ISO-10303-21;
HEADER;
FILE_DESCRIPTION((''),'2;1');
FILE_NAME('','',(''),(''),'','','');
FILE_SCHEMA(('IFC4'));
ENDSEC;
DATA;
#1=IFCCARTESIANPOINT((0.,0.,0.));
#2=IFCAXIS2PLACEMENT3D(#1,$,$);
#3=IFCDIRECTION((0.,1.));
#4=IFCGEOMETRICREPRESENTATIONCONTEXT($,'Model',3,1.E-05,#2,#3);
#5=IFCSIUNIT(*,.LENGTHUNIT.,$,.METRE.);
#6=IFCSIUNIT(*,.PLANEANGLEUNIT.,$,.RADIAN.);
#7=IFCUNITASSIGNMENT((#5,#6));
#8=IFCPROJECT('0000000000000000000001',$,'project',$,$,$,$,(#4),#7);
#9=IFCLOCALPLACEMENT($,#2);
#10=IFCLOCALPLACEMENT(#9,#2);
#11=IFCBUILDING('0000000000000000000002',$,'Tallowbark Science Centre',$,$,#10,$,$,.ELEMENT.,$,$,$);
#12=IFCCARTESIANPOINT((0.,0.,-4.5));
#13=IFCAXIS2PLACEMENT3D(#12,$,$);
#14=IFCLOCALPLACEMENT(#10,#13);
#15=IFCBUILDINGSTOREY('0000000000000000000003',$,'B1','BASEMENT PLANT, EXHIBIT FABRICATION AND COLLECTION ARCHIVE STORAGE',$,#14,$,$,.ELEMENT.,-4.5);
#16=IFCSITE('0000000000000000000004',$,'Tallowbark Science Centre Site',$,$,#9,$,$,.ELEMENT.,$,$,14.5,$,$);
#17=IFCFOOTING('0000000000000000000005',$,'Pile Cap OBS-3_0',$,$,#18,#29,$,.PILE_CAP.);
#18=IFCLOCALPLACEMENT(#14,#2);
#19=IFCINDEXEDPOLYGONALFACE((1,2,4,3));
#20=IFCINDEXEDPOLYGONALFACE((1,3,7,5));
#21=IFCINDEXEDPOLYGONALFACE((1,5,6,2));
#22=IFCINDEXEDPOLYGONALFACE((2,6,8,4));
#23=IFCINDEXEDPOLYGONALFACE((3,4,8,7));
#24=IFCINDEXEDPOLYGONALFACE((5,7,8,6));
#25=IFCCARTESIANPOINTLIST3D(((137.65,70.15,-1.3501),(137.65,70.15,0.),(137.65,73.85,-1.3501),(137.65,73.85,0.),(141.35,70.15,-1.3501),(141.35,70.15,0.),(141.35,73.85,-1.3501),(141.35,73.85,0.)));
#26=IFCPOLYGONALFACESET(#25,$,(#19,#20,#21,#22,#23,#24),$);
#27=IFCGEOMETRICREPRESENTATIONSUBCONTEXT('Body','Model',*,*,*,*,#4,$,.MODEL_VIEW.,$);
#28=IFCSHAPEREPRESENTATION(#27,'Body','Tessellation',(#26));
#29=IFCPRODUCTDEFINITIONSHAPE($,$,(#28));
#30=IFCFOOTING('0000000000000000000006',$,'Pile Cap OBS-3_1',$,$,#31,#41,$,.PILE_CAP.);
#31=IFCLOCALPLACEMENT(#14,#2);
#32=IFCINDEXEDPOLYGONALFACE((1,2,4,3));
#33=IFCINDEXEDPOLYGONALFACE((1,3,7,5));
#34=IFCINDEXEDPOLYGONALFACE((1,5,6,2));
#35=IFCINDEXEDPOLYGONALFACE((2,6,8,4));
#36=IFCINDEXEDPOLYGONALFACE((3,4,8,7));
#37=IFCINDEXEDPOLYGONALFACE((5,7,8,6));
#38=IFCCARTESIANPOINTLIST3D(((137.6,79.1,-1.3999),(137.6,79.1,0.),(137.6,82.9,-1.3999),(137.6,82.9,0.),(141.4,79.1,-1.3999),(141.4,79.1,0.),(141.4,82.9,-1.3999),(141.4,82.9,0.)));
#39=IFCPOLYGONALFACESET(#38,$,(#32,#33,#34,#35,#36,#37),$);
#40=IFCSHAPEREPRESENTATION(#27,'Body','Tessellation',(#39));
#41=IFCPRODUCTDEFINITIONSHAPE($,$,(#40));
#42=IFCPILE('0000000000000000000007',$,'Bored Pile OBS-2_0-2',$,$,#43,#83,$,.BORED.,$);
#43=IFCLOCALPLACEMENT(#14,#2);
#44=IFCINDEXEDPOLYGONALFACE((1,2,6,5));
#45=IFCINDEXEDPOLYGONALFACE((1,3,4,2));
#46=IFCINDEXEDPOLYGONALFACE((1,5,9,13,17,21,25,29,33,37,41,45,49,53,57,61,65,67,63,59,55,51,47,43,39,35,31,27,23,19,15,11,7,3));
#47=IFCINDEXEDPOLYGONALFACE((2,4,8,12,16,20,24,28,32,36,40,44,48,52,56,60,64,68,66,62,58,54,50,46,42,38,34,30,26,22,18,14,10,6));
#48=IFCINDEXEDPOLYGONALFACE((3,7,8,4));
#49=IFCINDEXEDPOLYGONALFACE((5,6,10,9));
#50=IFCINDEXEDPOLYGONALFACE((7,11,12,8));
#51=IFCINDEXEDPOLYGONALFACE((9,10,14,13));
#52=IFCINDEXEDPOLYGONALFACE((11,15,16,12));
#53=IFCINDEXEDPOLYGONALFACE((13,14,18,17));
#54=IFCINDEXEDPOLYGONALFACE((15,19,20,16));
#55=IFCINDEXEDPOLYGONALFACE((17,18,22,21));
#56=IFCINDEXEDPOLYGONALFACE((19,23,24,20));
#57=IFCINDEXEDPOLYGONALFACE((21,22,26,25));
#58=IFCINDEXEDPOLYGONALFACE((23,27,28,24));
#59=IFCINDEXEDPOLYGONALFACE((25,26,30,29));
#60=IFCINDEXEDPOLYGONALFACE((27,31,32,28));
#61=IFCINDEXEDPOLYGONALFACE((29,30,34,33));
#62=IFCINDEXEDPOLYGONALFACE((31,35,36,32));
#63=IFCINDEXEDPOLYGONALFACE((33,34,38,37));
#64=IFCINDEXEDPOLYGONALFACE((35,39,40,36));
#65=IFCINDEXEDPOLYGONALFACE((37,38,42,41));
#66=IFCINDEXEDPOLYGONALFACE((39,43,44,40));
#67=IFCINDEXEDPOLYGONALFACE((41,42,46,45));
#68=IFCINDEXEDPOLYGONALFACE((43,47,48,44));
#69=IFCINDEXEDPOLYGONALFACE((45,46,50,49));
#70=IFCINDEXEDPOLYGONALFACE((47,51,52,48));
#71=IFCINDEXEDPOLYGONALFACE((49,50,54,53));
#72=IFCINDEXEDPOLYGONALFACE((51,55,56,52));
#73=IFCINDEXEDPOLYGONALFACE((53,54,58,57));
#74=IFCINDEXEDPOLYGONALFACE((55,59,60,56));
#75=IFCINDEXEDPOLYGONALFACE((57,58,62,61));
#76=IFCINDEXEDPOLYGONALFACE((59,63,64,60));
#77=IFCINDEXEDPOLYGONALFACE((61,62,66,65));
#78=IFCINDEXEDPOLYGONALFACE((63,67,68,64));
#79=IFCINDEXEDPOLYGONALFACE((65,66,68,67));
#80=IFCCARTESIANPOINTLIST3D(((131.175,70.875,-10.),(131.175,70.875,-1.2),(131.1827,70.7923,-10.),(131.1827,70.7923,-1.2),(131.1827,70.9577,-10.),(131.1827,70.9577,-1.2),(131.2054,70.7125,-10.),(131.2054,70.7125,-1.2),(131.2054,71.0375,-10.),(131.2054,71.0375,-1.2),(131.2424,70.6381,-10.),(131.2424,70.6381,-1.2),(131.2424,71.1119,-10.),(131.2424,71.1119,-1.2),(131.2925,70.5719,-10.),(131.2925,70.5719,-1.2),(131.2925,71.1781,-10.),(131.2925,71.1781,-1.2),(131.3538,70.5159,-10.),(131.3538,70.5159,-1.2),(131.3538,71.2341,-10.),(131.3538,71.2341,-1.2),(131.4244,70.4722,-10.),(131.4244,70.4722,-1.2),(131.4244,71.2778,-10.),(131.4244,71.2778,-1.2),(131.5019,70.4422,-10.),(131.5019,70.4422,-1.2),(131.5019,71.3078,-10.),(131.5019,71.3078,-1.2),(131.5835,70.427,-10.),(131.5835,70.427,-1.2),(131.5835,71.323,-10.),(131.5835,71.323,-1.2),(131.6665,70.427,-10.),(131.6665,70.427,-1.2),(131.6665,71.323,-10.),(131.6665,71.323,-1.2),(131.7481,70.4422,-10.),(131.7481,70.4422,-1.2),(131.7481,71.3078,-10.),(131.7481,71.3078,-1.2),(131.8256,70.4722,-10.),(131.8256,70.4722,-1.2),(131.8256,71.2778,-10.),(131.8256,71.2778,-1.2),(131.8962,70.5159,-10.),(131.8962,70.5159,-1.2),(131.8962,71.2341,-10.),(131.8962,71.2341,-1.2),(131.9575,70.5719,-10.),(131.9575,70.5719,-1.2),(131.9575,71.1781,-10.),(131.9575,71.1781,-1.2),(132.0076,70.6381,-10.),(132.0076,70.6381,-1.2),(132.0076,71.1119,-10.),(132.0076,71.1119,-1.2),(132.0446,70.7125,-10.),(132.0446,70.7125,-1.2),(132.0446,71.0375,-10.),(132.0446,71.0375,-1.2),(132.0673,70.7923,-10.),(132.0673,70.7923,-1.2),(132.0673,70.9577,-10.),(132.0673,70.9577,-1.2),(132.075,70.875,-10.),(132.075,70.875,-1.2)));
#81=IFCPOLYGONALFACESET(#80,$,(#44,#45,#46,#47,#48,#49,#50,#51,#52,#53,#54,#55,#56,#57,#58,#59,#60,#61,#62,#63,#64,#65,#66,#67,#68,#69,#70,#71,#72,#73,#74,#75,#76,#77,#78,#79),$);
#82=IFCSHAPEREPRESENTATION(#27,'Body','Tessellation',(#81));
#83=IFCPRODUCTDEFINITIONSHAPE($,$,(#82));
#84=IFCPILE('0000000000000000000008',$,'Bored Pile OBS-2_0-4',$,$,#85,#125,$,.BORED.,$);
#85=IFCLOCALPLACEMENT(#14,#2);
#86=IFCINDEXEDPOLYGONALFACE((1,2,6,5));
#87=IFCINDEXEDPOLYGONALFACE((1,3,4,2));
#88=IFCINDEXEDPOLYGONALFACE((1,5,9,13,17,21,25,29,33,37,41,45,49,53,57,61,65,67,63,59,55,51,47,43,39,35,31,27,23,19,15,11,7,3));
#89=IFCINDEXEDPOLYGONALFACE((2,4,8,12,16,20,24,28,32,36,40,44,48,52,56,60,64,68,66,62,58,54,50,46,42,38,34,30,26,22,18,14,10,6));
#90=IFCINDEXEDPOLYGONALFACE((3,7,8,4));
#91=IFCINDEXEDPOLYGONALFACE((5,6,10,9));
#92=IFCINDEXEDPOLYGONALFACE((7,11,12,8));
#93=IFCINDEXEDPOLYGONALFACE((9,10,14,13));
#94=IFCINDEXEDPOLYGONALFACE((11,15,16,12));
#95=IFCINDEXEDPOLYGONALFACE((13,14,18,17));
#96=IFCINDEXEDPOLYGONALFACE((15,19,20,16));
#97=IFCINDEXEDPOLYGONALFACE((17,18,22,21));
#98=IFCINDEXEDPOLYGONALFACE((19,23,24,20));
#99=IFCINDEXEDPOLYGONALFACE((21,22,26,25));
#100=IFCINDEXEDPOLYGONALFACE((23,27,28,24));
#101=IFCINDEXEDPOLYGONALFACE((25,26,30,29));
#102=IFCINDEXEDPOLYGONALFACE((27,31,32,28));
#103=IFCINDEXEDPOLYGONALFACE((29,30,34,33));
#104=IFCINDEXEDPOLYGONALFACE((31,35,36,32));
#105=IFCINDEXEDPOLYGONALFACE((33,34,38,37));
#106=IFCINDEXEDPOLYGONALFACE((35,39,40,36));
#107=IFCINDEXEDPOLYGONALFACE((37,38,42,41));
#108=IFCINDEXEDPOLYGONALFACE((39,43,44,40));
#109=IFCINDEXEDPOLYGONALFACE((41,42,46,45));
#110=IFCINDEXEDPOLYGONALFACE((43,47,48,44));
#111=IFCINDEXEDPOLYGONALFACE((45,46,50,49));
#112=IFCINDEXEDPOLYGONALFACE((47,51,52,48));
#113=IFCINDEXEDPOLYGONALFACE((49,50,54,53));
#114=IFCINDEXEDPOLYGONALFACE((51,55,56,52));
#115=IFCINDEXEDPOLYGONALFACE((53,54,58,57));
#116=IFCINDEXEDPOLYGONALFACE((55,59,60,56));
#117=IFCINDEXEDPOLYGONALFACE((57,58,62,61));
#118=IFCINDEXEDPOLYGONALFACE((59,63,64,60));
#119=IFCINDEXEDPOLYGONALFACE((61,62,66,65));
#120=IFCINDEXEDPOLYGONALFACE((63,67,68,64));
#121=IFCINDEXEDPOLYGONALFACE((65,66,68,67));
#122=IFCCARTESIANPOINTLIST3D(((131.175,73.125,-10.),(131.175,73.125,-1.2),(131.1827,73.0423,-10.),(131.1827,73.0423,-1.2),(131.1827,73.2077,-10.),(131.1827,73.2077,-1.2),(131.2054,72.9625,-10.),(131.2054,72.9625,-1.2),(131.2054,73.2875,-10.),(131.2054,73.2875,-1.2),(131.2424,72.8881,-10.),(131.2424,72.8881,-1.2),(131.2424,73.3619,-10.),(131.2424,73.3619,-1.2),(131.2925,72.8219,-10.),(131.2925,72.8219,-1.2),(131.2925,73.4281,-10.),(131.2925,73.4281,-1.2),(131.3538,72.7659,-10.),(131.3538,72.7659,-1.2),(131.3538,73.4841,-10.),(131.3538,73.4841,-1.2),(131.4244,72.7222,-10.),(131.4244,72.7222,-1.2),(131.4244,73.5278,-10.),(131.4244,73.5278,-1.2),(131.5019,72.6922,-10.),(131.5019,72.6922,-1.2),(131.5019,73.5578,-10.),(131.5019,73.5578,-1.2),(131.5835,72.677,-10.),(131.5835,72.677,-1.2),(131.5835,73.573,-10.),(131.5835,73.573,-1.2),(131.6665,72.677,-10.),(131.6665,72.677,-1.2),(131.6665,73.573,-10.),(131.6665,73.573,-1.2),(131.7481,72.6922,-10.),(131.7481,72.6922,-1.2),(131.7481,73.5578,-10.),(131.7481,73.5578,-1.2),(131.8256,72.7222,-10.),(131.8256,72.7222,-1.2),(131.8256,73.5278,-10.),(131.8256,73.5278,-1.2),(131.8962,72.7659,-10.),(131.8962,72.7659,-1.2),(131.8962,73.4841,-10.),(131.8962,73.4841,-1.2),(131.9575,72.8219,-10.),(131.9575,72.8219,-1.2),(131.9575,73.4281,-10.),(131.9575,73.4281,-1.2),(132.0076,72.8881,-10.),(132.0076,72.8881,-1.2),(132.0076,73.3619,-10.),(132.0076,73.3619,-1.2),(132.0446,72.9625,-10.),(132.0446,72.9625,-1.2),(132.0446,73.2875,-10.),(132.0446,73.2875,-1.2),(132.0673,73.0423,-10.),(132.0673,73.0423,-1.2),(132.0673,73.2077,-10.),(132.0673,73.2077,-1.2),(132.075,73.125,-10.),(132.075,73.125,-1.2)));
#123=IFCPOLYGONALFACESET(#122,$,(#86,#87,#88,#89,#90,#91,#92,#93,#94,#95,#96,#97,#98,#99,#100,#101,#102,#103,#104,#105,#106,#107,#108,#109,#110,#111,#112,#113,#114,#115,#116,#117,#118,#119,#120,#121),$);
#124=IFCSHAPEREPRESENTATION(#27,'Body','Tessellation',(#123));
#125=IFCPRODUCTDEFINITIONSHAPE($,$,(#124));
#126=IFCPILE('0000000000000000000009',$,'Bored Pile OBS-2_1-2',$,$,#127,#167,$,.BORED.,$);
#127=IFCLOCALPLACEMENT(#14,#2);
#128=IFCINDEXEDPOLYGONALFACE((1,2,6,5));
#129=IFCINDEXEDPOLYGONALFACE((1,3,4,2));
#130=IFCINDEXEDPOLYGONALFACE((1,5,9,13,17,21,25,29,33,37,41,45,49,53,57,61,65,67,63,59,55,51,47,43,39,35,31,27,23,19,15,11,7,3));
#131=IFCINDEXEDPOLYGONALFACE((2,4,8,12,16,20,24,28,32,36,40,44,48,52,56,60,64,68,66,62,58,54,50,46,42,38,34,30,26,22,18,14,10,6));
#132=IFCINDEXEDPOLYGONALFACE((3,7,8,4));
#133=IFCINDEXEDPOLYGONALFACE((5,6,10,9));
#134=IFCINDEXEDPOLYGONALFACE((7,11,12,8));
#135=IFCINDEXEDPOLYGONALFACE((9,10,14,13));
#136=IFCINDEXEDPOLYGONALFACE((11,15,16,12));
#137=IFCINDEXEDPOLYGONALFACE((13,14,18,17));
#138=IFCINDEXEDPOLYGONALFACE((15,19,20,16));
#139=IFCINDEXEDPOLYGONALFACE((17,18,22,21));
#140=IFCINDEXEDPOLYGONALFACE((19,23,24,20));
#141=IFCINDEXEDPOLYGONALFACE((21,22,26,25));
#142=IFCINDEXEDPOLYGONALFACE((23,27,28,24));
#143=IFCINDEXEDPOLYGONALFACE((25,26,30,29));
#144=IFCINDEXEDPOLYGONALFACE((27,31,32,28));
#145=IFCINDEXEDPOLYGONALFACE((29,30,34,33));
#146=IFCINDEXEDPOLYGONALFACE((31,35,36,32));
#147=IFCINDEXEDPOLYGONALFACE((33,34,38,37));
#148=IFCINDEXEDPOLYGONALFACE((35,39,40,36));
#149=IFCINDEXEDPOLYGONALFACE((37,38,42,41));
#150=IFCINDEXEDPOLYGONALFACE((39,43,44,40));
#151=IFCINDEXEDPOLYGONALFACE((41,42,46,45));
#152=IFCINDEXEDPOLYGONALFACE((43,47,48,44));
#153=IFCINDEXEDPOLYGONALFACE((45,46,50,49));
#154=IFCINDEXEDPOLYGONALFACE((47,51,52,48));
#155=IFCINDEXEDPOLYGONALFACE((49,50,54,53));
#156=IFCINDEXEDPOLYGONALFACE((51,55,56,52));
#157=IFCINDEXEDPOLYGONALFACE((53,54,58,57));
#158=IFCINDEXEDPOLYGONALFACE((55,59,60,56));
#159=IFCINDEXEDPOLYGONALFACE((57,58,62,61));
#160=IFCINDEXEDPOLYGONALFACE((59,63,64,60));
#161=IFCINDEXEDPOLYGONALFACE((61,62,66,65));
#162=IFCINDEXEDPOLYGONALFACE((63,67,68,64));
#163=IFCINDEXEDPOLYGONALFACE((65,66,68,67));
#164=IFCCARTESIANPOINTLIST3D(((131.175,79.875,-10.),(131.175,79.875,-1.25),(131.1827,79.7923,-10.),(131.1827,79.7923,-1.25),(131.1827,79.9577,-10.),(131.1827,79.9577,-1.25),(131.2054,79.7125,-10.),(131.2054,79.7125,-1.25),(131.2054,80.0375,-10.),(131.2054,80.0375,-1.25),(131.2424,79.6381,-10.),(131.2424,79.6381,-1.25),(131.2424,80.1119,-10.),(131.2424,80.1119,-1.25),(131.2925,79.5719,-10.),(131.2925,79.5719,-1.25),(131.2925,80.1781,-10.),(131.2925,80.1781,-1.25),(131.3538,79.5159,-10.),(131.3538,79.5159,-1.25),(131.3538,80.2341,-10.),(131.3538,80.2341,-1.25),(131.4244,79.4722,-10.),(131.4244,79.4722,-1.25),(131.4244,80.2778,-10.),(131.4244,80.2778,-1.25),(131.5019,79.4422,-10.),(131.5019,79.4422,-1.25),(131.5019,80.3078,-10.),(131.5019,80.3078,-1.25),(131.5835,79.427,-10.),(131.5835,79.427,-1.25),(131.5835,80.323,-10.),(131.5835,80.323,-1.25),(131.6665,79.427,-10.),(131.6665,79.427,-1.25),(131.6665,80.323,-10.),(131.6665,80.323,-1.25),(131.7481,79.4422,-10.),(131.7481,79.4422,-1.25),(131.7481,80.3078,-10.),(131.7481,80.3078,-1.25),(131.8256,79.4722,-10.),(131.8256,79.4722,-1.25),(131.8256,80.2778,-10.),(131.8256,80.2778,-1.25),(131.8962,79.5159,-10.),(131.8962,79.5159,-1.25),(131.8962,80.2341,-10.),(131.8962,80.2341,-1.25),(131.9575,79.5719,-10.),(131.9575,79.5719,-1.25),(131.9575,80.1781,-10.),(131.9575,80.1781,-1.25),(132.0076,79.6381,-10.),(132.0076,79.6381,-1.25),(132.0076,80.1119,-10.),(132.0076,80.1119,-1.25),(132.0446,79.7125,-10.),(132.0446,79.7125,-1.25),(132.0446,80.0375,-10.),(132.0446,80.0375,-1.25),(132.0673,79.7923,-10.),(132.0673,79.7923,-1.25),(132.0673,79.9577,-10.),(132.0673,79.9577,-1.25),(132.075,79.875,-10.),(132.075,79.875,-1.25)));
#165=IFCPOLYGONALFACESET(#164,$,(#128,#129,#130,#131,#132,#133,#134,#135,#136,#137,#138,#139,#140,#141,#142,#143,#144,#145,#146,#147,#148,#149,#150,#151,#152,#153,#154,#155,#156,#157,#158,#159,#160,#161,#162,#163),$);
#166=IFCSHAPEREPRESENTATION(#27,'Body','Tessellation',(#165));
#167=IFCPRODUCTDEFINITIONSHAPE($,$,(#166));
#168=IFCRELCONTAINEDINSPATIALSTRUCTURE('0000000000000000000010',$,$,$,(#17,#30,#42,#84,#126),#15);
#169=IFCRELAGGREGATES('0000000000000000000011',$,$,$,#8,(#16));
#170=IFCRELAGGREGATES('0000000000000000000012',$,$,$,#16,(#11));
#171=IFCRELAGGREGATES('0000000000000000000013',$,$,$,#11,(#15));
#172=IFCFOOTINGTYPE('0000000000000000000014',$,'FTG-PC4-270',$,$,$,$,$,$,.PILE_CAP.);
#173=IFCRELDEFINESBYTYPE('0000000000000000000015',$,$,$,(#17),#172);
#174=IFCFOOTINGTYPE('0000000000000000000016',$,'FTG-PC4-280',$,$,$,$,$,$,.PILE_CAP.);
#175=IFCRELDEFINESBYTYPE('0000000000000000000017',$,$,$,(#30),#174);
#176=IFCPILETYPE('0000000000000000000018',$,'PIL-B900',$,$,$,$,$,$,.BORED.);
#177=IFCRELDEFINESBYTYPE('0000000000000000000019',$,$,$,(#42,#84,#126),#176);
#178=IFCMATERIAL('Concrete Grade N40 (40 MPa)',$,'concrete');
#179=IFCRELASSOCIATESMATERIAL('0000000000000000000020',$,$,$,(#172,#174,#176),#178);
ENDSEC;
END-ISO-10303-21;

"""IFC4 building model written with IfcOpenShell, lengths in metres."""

from ifc_helpers import new_model, si_unit, direction, frame, origin, origin_2d, place, context, subcontext, project, spatial, rectangle, circle, extrude, material, material_profile, profile_set, type_object, element, save


model = new_model("IFC4")

# Units and contexts
model_context = context("Model", 3, precision=1e-05, world=origin(), true_north=direction((0.0, 1.0)))
body_context = subcontext(model_context, "Body", "Model", "MODEL_VIEW")
ifc_project = project(units=[si_unit("LENGTHUNIT", "METRE"), si_unit("PLANEANGLEUNIT", "RADIAN")], contexts=[model_context])

# Site, building, storey
site_placement = place(None, origin())
site = spatial("IfcSite", under=ifc_project, at=site_placement, Name="Tallowbark Science Centre Site", CompositionType="ELEMENT", RefElevation=14.5)
building_placement = place(site_placement, origin())
building = spatial("IfcBuilding", under=site, at=building_placement, Name="Tallowbark Science Centre", CompositionType="ELEMENT")
storey_placement = place(building_placement, frame((0.0, 0.0, -4.5)))
storey = spatial("IfcBuildingStorey", under=building, at=storey_placement, Name="B1", Description="BASEMENT PLANT, EXHIBIT FABRICATION AND COLLECTION ARCHIVE STORAGE", CompositionType="ELEMENT", Elevation=-4.5)

# Footings
ifc_material_1 = material(Name="Concrete Grade N40 (40 MPa)", Category="concrete")
footing_type_1 = type_object("IfcFootingType", Name="FTG-PC4-270", PredefinedType="PILE_CAP", material=ifc_material_1)
footing_1_placement = place(storey_placement, frame((139.5, 72.0, -1.3501), z_axis=(0.0, 0.0, 1.0), x_axis=(1.0, 0.0, 0.0)))
element("IfcFooting", 1, at=footing_1_placement, inside=storey, type_object=footing_type_1, Name="Pile Cap OBS-3_0", PredefinedType="PILE_CAP", context=body_context, shape_type="SweptSolid", body=[
    extrude(rectangle(XDim=3.7, YDim=3.7, at=origin_2d()), origin(), (0.0, 0.0, 1.0), 1.3501),
])
footing_type_2 = type_object("IfcFootingType", Name="FTG-PC4-280", PredefinedType="PILE_CAP", material=ifc_material_1)
footing_2_placement = place(storey_placement, frame((139.5, 81.0, -1.3999), z_axis=(0.0, 0.0, 1.0), x_axis=(1.0, 0.0, 0.0)))
element("IfcFooting", 2, at=footing_2_placement, inside=storey, type_object=footing_type_2, Name="Pile Cap OBS-3_1", PredefinedType="PILE_CAP", context=body_context, shape_type="SweptSolid", body=[
    extrude(rectangle(XDim=3.8, YDim=3.8, at=origin_2d()), origin(), (0.0, 0.0, 1.0), 1.3999),
])

# Piles
ifc_material_profile_1 = material_profile(ifc_material_1, circle(Radius=0.45, at=origin_2d()), Name="PILE900")
ifc_profile_set_1 = profile_set([ifc_material_profile_1], Name="Concrete Grade N40 (40 MPa)")
pile_type = type_object("IfcPileType", Name="PIL-B900", PredefinedType="BORED", material=ifc_profile_set_1)
for number, where, z_axis, x_axis, name in (
    (3, (131.625, 70.875, -1.2), (0.0, 0.0, -1.0), (1.0, 0.0, 0.0), "Bored Pile OBS-2_0-2"),
    (4, (131.625, 73.125, -1.2), (0.0, 0.0, -1.0), (1.0, 0.0, 0.0), "Bored Pile OBS-2_0-4"),
):
    element("IfcPile", number, at=place(storey_placement, frame(where, z_axis=z_axis, x_axis=x_axis)), inside=storey, type_object=pile_type, Name=name, PredefinedType="BORED", context=body_context, shape_type="SweptSolid", body=[
        extrude(circle(Radius=0.45, at=origin_2d()), origin(), (0.0, 0.0, 1.0), 8.8),
    ])
pile_placement = place(storey_placement, frame((131.625, 79.875, -1.25), z_axis=(0.0, 0.0, -1.0), x_axis=(1.0, 0.0, 0.0)))
element("IfcPile", 5, at=pile_placement, inside=storey, type_object=pile_type, Name="Bored Pile OBS-2_1-2", PredefinedType="BORED", context=body_context, shape_type="SweptSolid", body=[
    extrude(circle(Radius=0.45, at=origin_2d()), origin(), (0.0, 0.0, 1.0), 8.75),
])

save(model, "model.ifc")
